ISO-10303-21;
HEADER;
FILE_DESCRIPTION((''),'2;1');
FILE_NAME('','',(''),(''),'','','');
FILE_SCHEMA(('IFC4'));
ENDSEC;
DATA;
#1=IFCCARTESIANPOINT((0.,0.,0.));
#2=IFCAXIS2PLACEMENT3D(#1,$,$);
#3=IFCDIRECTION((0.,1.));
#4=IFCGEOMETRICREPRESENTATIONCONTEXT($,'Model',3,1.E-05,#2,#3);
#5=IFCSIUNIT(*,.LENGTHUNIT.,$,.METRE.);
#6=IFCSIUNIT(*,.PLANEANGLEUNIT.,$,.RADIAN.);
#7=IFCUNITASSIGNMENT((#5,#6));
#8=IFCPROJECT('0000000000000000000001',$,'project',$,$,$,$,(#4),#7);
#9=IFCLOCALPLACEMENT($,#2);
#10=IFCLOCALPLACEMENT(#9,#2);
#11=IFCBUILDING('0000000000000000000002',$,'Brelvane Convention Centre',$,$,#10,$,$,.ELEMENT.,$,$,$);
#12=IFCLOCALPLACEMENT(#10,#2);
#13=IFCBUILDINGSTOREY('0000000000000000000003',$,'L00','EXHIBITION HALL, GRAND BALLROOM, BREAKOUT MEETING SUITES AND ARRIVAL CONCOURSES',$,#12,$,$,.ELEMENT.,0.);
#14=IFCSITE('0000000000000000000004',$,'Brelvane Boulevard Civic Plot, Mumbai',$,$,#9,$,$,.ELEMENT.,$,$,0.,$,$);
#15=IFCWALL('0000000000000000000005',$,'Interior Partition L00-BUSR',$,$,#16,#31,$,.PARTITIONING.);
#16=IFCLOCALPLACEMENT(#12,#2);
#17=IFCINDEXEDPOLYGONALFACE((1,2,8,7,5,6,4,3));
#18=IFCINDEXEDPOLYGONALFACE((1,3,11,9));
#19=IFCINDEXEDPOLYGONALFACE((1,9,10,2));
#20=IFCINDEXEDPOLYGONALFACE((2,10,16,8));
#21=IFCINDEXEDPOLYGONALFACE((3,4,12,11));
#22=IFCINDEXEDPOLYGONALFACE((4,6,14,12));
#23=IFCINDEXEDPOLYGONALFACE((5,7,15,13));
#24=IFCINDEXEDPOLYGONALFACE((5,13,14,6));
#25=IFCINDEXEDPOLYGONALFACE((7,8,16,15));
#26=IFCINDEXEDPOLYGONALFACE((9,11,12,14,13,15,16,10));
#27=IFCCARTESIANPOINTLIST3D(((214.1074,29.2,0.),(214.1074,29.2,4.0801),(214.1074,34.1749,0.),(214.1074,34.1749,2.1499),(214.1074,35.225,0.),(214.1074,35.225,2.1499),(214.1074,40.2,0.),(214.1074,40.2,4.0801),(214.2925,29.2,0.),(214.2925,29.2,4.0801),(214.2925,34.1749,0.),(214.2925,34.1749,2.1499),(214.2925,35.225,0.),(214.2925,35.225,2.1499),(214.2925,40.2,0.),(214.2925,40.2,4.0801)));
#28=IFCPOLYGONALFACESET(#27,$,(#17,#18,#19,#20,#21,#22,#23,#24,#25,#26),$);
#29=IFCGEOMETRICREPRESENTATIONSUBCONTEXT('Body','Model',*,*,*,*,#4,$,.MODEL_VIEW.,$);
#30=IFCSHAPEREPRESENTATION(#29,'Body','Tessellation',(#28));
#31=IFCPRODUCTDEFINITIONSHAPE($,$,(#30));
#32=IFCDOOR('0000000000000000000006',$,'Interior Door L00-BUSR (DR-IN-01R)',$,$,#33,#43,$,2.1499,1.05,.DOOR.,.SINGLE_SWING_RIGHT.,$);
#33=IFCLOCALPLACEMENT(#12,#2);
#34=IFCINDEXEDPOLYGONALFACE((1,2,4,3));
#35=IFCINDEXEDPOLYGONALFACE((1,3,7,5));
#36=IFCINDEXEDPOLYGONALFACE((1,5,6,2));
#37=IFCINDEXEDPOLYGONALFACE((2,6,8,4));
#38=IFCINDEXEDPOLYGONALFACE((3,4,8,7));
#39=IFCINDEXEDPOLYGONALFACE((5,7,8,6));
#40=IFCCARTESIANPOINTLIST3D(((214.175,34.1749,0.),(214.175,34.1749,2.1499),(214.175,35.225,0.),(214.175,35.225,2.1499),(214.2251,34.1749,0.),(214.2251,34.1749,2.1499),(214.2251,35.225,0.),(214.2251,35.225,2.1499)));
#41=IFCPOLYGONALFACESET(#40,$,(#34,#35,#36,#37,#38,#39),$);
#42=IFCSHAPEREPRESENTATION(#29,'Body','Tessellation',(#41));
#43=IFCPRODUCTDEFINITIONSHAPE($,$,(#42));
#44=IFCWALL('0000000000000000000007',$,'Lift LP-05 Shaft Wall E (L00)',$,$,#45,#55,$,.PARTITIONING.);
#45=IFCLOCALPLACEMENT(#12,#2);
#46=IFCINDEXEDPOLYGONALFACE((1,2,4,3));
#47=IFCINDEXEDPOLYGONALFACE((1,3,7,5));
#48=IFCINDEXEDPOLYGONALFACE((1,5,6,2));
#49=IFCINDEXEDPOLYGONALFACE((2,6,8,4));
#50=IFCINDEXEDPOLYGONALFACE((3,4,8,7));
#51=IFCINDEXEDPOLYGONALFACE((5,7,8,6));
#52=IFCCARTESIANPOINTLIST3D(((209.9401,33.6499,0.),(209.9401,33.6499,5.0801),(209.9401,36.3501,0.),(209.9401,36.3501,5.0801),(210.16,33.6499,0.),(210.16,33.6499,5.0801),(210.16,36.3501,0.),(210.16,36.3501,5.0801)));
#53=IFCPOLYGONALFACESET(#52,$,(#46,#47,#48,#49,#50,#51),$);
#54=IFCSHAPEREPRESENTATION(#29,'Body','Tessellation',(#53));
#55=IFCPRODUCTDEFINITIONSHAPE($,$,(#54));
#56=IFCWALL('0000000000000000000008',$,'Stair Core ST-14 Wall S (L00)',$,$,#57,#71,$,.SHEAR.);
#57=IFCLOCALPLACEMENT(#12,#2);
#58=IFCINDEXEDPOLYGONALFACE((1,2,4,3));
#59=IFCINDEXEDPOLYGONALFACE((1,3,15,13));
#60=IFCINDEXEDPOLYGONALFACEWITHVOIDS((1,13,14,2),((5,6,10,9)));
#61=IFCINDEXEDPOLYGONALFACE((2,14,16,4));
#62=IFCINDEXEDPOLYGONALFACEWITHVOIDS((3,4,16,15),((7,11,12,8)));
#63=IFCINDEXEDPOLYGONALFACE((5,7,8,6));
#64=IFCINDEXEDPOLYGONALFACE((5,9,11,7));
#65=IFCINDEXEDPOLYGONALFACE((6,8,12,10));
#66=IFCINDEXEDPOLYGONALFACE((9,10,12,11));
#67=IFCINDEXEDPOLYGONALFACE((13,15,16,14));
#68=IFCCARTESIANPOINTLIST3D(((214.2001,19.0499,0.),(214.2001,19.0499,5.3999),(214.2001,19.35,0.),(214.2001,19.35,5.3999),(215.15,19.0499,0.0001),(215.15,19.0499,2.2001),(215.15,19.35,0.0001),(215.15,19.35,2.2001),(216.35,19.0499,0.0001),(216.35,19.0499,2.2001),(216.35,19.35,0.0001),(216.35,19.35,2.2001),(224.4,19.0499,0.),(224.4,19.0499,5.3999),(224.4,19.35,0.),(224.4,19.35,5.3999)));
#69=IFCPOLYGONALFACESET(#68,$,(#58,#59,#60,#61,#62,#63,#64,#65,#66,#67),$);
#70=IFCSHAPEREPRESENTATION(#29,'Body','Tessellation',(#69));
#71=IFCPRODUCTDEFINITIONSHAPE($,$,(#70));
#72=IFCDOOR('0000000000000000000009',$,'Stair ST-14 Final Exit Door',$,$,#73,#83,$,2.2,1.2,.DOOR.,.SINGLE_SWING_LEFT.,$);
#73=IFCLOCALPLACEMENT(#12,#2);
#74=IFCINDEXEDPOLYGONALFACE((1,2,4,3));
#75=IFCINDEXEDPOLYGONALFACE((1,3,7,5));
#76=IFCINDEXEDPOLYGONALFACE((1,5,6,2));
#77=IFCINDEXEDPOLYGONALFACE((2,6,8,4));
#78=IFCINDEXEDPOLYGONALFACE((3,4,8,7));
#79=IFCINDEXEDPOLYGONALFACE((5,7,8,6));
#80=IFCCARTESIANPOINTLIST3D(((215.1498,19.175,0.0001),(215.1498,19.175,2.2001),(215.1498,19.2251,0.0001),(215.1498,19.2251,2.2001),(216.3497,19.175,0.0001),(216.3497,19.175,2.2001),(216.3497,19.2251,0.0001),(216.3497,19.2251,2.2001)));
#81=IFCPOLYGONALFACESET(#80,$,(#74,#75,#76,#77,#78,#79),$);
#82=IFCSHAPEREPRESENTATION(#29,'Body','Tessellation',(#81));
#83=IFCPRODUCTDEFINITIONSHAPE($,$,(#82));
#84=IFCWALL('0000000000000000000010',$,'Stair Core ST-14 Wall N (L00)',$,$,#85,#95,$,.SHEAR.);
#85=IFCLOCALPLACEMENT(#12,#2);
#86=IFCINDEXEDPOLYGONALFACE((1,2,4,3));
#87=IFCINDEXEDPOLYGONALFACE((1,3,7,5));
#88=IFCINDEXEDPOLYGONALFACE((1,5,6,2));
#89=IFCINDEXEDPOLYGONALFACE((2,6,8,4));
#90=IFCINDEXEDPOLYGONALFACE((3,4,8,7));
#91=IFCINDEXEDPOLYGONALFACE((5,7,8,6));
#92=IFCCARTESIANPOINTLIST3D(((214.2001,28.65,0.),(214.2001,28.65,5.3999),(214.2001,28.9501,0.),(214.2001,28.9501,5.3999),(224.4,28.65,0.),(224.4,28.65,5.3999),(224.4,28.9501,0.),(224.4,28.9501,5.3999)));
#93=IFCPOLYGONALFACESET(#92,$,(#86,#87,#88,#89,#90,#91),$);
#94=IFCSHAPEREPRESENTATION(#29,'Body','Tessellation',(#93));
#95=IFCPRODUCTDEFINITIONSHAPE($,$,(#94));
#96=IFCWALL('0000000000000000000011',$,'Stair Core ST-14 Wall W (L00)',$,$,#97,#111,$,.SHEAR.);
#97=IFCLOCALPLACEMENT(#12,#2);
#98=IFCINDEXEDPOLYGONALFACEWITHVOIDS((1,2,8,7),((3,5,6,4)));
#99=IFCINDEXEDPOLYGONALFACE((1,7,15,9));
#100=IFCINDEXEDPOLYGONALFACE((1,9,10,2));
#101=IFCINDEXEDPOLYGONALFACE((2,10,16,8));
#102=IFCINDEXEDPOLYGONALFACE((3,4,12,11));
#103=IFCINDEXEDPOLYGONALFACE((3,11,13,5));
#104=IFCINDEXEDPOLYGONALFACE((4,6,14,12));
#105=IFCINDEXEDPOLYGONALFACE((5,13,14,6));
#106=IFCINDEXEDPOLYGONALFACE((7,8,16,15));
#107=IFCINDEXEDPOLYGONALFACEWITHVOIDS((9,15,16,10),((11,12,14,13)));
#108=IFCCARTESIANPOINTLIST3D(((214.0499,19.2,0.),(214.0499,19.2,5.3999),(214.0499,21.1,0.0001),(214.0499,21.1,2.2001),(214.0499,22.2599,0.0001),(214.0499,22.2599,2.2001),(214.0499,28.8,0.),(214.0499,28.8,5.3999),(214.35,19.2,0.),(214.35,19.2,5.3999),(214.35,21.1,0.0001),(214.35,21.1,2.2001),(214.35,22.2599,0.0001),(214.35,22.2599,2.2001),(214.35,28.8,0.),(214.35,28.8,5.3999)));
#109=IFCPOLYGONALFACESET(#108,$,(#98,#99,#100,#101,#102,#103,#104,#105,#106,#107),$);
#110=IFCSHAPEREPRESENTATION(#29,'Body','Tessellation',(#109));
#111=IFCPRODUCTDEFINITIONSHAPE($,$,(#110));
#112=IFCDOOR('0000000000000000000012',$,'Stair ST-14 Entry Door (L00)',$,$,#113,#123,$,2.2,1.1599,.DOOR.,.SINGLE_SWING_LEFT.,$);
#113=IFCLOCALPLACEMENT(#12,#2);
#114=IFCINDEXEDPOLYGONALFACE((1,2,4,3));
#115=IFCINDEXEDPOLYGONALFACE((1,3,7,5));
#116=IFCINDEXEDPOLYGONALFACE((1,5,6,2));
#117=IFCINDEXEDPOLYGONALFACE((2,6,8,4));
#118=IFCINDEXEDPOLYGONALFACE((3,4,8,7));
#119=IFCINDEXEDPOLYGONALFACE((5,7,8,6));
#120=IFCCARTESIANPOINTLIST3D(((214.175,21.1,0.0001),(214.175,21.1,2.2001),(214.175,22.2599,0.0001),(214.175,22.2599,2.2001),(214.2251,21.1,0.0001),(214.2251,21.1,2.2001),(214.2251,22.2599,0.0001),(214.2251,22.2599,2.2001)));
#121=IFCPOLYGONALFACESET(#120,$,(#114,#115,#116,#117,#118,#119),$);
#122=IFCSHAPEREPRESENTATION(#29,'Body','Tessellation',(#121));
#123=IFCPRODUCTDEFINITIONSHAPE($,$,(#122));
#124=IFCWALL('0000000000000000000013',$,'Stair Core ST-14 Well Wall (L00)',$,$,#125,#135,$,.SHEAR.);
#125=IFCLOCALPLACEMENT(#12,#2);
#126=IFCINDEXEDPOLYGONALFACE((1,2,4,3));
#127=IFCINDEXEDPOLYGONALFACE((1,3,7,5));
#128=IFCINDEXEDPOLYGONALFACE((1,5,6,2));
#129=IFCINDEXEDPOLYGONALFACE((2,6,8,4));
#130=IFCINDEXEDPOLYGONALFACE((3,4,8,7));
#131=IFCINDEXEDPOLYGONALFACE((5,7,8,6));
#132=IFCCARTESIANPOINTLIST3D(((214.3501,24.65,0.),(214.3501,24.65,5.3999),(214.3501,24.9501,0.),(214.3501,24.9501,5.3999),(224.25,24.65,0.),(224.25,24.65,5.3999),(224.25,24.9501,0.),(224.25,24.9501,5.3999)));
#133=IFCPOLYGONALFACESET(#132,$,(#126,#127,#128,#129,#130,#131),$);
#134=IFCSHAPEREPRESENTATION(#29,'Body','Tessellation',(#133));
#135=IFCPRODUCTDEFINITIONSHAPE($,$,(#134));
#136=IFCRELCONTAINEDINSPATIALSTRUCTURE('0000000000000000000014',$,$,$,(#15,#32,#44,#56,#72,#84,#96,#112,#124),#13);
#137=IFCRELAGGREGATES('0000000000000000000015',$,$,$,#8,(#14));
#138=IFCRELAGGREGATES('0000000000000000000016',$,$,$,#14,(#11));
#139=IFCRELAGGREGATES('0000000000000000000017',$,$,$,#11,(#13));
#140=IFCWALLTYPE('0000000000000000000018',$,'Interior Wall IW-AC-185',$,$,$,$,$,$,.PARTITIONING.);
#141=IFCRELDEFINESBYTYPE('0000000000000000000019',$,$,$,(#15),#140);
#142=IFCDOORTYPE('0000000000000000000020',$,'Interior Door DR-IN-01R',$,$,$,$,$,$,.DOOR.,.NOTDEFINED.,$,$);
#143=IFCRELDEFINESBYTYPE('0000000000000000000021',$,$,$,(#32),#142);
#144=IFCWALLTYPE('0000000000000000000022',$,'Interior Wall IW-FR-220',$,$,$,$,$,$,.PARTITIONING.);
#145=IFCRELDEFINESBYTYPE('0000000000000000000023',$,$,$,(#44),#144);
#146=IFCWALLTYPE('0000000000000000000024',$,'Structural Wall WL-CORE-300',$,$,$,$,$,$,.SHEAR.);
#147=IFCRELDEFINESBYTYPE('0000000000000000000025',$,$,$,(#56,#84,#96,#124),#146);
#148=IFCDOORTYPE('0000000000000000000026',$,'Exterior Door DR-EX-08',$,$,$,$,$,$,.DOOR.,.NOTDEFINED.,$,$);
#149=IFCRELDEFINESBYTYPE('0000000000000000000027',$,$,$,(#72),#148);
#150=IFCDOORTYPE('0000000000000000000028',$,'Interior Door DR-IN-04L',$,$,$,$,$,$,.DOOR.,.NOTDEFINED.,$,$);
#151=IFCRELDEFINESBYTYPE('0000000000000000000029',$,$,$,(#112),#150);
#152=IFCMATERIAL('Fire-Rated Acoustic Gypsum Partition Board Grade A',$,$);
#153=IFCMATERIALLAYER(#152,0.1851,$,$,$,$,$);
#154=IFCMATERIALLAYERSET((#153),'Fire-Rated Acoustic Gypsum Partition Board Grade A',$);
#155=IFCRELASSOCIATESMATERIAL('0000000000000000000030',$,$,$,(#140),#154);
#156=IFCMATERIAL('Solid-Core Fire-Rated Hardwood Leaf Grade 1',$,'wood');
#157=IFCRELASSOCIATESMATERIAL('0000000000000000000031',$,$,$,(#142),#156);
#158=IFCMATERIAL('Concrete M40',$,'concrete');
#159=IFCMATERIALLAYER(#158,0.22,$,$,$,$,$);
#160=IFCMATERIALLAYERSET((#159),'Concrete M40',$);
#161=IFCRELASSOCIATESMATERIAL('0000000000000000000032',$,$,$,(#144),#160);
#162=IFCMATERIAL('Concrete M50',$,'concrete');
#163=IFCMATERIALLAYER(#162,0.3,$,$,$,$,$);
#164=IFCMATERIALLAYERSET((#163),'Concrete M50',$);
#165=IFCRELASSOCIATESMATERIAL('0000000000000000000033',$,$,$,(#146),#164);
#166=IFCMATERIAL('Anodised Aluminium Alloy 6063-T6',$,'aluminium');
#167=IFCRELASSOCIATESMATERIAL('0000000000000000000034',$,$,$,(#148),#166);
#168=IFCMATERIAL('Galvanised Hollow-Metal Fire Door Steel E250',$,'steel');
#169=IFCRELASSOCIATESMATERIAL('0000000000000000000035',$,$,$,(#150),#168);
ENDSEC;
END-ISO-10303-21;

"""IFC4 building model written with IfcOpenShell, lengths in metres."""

from ifc_helpers import new_model, si_unit, direction, frame, frame_2d, origin, place, context, subcontext, project, spatial, rectangle, extrude, material, layer, layer_set, type_object, element, fill, save


model = new_model("IFC4")

# Units and contexts
model_context = context("Model", 3, precision=1e-05, world=origin(), true_north=direction((0.0, 1.0)))
body_context = subcontext(model_context, "Body", "Model", "MODEL_VIEW")
ifc_project = project(units=[si_unit("LENGTHUNIT", "METRE"), si_unit("PLANEANGLEUNIT", "RADIAN")], contexts=[model_context])

# Site, building, storey
site_placement = place(None, origin())
site = spatial("IfcSite", under=ifc_project, at=site_placement, Name="Brelvane Boulevard Civic Plot, Mumbai", CompositionType="ELEMENT", RefElevation=0.0)
building_placement = place(site_placement, origin())
building = spatial("IfcBuilding", under=site, at=building_placement, Name="Brelvane Convention Centre", CompositionType="ELEMENT")
storey_placement = place(building_placement, origin())
storey = spatial("IfcBuildingStorey", under=building, at=storey_placement, Name="L00", Description="EXHIBITION HALL, GRAND BALLROOM, BREAKOUT MEETING SUITES AND ARRIVAL CONCOURSES", CompositionType="ELEMENT", Elevation=0.0)

# Wall, opening, door
ifc_material_1 = material(Name="Fire-Rated Acoustic Gypsum Partition Board Grade A")
ifc_layer_1 = layer(ifc_material_1, 0.1851)
ifc_layer_set_1 = layer_set([ifc_layer_1], Name="Fire-Rated Acoustic Gypsum Partition Board Grade A")
wall_type_1 = type_object("IfcWallType", Name="Interior Wall IW-AC-185", PredefinedType="PARTITIONING", material=ifc_layer_set_1)
wall_1_placement = place(storey_placement, frame((214.2, 29.2, 0.0), z_axis=(0.0, 0.0, 1.0), x_axis=(0.0, 1.0, 0.0)))
wall_1 = element("IfcWall", 1, at=wall_1_placement, inside=storey, type_object=wall_type_1, Name="Interior Partition L00-BUSR", PredefinedType="PARTITIONING", context=body_context, shape_type="SweptSolid", body=[
    extrude(rectangle(XDim=11.0, YDim=0.1851, at=frame_2d((5.5, 0.0))), origin(), (0.0, 0.0, 1.0), 4.0801),
])
opening_1_placement = place(wall_1_placement, frame((4.9751, 0.0, 0.0)))
opening_1 = element("IfcOpeningElement", 2, at=opening_1_placement, cuts=wall_1, PredefinedType="OPENING", context=body_context, shape_type="SweptSolid", body=[
    extrude(rectangle(XDim=1.05, YDim=2.1499, at=frame_2d((0.5249, 1.075))), frame((0.0, 0.1025, 0.0), z_axis=(0.0, -1.0, 0.0), x_axis=(1.0, 0.0, 0.0)), (0.0, 0.0, 1.0), 0.2051),
])
ifc_material_2 = material(Name="Solid-Core Fire-Rated Hardwood Leaf Grade 1", Category="wood")
door_type_1 = type_object("IfcDoorType", Name="Interior Door DR-IN-01R", OperationType="NOTDEFINED", PredefinedType="DOOR", material=ifc_material_2)
door_1_placement = place(opening_1_placement, origin())
door_1 = element("IfcDoor", 3, at=door_1_placement, inside=storey, type_object=door_type_1, Name="Interior Door L00-BUSR (DR-IN-01R)", OperationType="SINGLE_SWING_RIGHT", OverallHeight=2.1499, OverallWidth=1.05, PredefinedType="DOOR", context=body_context, shape_type="SweptSolid", body=[
    extrude(rectangle(XDim=1.05, YDim=2.1499, at=frame_2d((0.5249, 1.075))), frame((0.0, 0.0249, 0.0), z_axis=(0.0, -1.0, 0.0), x_axis=(1.0, 0.0, 0.0)), (0.0, 0.0, 1.0), 0.05),
])
fill(opening_1, door_1)

# Wall
ifc_material_3 = material(Name="Concrete M40", Category="concrete")
ifc_layer_2 = layer(ifc_material_3, 0.22)
ifc_layer_set_2 = layer_set([ifc_layer_2], Name="Concrete M40")
wall_type_2 = type_object("IfcWallType", Name="Interior Wall IW-FR-220", PredefinedType="PARTITIONING", material=ifc_layer_set_2)
wall_2_placement = place(storey_placement, frame((210.05, 33.6499, 0.0), z_axis=(0.0, 0.0, 1.0), x_axis=(0.0, 1.0, 0.0)))
element("IfcWall", 4, at=wall_2_placement, inside=storey, type_object=wall_type_2, Name="Lift LP-05 Shaft Wall E (L00)", PredefinedType="PARTITIONING", context=body_context, shape_type="SweptSolid", body=[
    extrude(rectangle(XDim=2.7002, YDim=0.22, at=frame_2d((1.3501, 0.0))), origin(), (0.0, 0.0, 1.0), 5.0801),
])

# Wall, opening, door
ifc_material_4 = material(Name="Concrete M50", Category="concrete")
ifc_layer_3 = layer(ifc_material_4, 0.3)
ifc_layer_set_3 = layer_set([ifc_layer_3], Name="Concrete M50")
wall_type_3 = type_object("IfcWallType", Name="Structural Wall WL-CORE-300", PredefinedType="SHEAR", material=ifc_layer_set_3)
wall_3_placement = place(storey_placement, frame((214.2, 19.2, 0.0), z_axis=(0.0, 0.0, 1.0), x_axis=(1.0, 0.0, 0.0)))
wall_3 = element("IfcWall", 5, at=wall_3_placement, inside=storey, type_object=wall_type_3, Name="Stair Core ST-14 Wall S (L00)", PredefinedType="SHEAR", context=body_context, shape_type="SweptSolid", body=[
    extrude(rectangle(XDim=10.2, YDim=0.3, at=frame_2d((5.1001, 0.0))), origin(), (0.0, 0.0, 1.0), 5.3999),
])
opening_2_placement = place(wall_3_placement, frame((0.95, 0.0, 0.0)))
opening_2 = element("IfcOpeningElement", 6, at=opening_2_placement, cuts=wall_3, PredefinedType="OPENING", context=body_context, shape_type="SweptSolid", body=[
    extrude(rectangle(XDim=1.2, YDim=2.2, at=frame_2d((0.6001, 1.1001))), frame((0.0, 0.1599, 0.0), z_axis=(0.0, -1.0, 0.0), x_axis=(1.0, 0.0, 0.0)), (0.0, 0.0, 1.0), 0.3201),
])
ifc_material_5 = material(Name="Anodised Aluminium Alloy 6063-T6", Category="aluminium")
door_type_2 = type_object("IfcDoorType", Name="Exterior Door DR-EX-08", OperationType="NOTDEFINED", PredefinedType="DOOR", material=ifc_material_5)
door_2_placement = place(opening_2_placement, frame((1.2, 0.0, 0.0), z_axis=(0.0, 0.0, 1.0), x_axis=(-1.0, 0.0, 0.0)))
door_2 = element("IfcDoor", 7, at=door_2_placement, inside=storey, type_object=door_type_2, Name="Stair ST-14 Final Exit Door", OperationType="SINGLE_SWING_LEFT", OverallHeight=2.2, OverallWidth=1.2, PredefinedType="DOOR", context=body_context, shape_type="SweptSolid", body=[
    extrude(rectangle(XDim=1.2, YDim=2.2, at=frame_2d((0.6001, 1.1001))), frame((0.0, 0.0249, 0.0), z_axis=(0.0, -1.0, 0.0), x_axis=(1.0, 0.0, 0.0)), (0.0, 0.0, 1.0), 0.05),
])
fill(opening_2, door_2)

# Wall
wall_4_placement = place(storey_placement, frame((214.2, 28.8, 0.0), z_axis=(0.0, 0.0, 1.0), x_axis=(1.0, 0.0, 0.0)))
element("IfcWall", 8, at=wall_4_placement, inside=storey, type_object=wall_type_3, Name="Stair Core ST-14 Wall N (L00)", PredefinedType="SHEAR", context=body_context, shape_type="SweptSolid", body=[
    extrude(rectangle(XDim=10.2, YDim=0.3, at=frame_2d((5.1001, 0.0))), origin(), (0.0, 0.0, 1.0), 5.3999),
])

# Wall, opening, door
wall_5_placement = place(storey_placement, frame((214.2, 19.2, 0.0), z_axis=(0.0, 0.0, 1.0), x_axis=(0.0, 1.0, 0.0)))
wall_5 = element("IfcWall", 9, at=wall_5_placement, inside=storey, type_object=wall_type_3, Name="Stair Core ST-14 Wall W (L00)", PredefinedType="SHEAR", context=body_context, shape_type="SweptSolid", body=[
    extrude(rectangle(XDim=9.6001, YDim=0.3, at=frame_2d((4.8, 0.0))), origin(), (0.0, 0.0, 1.0), 5.3999),
])
opening_3_placement = place(wall_5_placement, frame((1.8999, 0.0, 0.0)))
opening_3 = element("IfcOpeningElement", 10, at=opening_3_placement, cuts=wall_5, PredefinedType="OPENING", context=body_context, shape_type="SweptSolid", body=[
    extrude(rectangle(XDim=1.1599, YDim=2.2, at=frame_2d((0.5801, 1.1001))), frame((0.0, 0.1599, 0.0), z_axis=(0.0, -1.0, 0.0), x_axis=(1.0, 0.0, 0.0)), (0.0, 0.0, 1.0), 0.3201),
])
ifc_material_6 = material(Name="Galvanised Hollow-Metal Fire Door Steel E250", Category="steel")
door_type_3 = type_object("IfcDoorType", Name="Interior Door DR-IN-04L", OperationType="NOTDEFINED", PredefinedType="DOOR", material=ifc_material_6)
door_3_placement = place(opening_3_placement, origin())
door_3 = element("IfcDoor", 11, at=door_3_placement, inside=storey, type_object=door_type_3, Name="Stair ST-14 Entry Door (L00)", OperationType="SINGLE_SWING_LEFT", OverallHeight=2.2, OverallWidth=1.1599, PredefinedType="DOOR", context=body_context, shape_type="SweptSolid", body=[
    extrude(rectangle(XDim=1.1599, YDim=2.2, at=frame_2d((0.5801, 1.1001))), frame((0.0, 0.0249, 0.0), z_axis=(0.0, -1.0, 0.0), x_axis=(1.0, 0.0, 0.0)), (0.0, 0.0, 1.0), 0.05),
])
fill(opening_3, door_3)

# Wall
wall_6_placement = place(storey_placement, frame((214.3501, 24.8, 0.0), z_axis=(0.0, 0.0, 1.0), x_axis=(1.0, 0.0, 0.0)))
element("IfcWall", 12, at=wall_6_placement, inside=storey, type_object=wall_type_3, Name="Stair Core ST-14 Well Wall (L00)", PredefinedType="SHEAR", context=body_context, shape_type="SweptSolid", body=[
    extrude(rectangle(XDim=9.8999, YDim=0.3, at=frame_2d((4.95, 0.0))), origin(), (0.0, 0.0, 1.0), 5.3999),
])

save(model, "model.ifc")
